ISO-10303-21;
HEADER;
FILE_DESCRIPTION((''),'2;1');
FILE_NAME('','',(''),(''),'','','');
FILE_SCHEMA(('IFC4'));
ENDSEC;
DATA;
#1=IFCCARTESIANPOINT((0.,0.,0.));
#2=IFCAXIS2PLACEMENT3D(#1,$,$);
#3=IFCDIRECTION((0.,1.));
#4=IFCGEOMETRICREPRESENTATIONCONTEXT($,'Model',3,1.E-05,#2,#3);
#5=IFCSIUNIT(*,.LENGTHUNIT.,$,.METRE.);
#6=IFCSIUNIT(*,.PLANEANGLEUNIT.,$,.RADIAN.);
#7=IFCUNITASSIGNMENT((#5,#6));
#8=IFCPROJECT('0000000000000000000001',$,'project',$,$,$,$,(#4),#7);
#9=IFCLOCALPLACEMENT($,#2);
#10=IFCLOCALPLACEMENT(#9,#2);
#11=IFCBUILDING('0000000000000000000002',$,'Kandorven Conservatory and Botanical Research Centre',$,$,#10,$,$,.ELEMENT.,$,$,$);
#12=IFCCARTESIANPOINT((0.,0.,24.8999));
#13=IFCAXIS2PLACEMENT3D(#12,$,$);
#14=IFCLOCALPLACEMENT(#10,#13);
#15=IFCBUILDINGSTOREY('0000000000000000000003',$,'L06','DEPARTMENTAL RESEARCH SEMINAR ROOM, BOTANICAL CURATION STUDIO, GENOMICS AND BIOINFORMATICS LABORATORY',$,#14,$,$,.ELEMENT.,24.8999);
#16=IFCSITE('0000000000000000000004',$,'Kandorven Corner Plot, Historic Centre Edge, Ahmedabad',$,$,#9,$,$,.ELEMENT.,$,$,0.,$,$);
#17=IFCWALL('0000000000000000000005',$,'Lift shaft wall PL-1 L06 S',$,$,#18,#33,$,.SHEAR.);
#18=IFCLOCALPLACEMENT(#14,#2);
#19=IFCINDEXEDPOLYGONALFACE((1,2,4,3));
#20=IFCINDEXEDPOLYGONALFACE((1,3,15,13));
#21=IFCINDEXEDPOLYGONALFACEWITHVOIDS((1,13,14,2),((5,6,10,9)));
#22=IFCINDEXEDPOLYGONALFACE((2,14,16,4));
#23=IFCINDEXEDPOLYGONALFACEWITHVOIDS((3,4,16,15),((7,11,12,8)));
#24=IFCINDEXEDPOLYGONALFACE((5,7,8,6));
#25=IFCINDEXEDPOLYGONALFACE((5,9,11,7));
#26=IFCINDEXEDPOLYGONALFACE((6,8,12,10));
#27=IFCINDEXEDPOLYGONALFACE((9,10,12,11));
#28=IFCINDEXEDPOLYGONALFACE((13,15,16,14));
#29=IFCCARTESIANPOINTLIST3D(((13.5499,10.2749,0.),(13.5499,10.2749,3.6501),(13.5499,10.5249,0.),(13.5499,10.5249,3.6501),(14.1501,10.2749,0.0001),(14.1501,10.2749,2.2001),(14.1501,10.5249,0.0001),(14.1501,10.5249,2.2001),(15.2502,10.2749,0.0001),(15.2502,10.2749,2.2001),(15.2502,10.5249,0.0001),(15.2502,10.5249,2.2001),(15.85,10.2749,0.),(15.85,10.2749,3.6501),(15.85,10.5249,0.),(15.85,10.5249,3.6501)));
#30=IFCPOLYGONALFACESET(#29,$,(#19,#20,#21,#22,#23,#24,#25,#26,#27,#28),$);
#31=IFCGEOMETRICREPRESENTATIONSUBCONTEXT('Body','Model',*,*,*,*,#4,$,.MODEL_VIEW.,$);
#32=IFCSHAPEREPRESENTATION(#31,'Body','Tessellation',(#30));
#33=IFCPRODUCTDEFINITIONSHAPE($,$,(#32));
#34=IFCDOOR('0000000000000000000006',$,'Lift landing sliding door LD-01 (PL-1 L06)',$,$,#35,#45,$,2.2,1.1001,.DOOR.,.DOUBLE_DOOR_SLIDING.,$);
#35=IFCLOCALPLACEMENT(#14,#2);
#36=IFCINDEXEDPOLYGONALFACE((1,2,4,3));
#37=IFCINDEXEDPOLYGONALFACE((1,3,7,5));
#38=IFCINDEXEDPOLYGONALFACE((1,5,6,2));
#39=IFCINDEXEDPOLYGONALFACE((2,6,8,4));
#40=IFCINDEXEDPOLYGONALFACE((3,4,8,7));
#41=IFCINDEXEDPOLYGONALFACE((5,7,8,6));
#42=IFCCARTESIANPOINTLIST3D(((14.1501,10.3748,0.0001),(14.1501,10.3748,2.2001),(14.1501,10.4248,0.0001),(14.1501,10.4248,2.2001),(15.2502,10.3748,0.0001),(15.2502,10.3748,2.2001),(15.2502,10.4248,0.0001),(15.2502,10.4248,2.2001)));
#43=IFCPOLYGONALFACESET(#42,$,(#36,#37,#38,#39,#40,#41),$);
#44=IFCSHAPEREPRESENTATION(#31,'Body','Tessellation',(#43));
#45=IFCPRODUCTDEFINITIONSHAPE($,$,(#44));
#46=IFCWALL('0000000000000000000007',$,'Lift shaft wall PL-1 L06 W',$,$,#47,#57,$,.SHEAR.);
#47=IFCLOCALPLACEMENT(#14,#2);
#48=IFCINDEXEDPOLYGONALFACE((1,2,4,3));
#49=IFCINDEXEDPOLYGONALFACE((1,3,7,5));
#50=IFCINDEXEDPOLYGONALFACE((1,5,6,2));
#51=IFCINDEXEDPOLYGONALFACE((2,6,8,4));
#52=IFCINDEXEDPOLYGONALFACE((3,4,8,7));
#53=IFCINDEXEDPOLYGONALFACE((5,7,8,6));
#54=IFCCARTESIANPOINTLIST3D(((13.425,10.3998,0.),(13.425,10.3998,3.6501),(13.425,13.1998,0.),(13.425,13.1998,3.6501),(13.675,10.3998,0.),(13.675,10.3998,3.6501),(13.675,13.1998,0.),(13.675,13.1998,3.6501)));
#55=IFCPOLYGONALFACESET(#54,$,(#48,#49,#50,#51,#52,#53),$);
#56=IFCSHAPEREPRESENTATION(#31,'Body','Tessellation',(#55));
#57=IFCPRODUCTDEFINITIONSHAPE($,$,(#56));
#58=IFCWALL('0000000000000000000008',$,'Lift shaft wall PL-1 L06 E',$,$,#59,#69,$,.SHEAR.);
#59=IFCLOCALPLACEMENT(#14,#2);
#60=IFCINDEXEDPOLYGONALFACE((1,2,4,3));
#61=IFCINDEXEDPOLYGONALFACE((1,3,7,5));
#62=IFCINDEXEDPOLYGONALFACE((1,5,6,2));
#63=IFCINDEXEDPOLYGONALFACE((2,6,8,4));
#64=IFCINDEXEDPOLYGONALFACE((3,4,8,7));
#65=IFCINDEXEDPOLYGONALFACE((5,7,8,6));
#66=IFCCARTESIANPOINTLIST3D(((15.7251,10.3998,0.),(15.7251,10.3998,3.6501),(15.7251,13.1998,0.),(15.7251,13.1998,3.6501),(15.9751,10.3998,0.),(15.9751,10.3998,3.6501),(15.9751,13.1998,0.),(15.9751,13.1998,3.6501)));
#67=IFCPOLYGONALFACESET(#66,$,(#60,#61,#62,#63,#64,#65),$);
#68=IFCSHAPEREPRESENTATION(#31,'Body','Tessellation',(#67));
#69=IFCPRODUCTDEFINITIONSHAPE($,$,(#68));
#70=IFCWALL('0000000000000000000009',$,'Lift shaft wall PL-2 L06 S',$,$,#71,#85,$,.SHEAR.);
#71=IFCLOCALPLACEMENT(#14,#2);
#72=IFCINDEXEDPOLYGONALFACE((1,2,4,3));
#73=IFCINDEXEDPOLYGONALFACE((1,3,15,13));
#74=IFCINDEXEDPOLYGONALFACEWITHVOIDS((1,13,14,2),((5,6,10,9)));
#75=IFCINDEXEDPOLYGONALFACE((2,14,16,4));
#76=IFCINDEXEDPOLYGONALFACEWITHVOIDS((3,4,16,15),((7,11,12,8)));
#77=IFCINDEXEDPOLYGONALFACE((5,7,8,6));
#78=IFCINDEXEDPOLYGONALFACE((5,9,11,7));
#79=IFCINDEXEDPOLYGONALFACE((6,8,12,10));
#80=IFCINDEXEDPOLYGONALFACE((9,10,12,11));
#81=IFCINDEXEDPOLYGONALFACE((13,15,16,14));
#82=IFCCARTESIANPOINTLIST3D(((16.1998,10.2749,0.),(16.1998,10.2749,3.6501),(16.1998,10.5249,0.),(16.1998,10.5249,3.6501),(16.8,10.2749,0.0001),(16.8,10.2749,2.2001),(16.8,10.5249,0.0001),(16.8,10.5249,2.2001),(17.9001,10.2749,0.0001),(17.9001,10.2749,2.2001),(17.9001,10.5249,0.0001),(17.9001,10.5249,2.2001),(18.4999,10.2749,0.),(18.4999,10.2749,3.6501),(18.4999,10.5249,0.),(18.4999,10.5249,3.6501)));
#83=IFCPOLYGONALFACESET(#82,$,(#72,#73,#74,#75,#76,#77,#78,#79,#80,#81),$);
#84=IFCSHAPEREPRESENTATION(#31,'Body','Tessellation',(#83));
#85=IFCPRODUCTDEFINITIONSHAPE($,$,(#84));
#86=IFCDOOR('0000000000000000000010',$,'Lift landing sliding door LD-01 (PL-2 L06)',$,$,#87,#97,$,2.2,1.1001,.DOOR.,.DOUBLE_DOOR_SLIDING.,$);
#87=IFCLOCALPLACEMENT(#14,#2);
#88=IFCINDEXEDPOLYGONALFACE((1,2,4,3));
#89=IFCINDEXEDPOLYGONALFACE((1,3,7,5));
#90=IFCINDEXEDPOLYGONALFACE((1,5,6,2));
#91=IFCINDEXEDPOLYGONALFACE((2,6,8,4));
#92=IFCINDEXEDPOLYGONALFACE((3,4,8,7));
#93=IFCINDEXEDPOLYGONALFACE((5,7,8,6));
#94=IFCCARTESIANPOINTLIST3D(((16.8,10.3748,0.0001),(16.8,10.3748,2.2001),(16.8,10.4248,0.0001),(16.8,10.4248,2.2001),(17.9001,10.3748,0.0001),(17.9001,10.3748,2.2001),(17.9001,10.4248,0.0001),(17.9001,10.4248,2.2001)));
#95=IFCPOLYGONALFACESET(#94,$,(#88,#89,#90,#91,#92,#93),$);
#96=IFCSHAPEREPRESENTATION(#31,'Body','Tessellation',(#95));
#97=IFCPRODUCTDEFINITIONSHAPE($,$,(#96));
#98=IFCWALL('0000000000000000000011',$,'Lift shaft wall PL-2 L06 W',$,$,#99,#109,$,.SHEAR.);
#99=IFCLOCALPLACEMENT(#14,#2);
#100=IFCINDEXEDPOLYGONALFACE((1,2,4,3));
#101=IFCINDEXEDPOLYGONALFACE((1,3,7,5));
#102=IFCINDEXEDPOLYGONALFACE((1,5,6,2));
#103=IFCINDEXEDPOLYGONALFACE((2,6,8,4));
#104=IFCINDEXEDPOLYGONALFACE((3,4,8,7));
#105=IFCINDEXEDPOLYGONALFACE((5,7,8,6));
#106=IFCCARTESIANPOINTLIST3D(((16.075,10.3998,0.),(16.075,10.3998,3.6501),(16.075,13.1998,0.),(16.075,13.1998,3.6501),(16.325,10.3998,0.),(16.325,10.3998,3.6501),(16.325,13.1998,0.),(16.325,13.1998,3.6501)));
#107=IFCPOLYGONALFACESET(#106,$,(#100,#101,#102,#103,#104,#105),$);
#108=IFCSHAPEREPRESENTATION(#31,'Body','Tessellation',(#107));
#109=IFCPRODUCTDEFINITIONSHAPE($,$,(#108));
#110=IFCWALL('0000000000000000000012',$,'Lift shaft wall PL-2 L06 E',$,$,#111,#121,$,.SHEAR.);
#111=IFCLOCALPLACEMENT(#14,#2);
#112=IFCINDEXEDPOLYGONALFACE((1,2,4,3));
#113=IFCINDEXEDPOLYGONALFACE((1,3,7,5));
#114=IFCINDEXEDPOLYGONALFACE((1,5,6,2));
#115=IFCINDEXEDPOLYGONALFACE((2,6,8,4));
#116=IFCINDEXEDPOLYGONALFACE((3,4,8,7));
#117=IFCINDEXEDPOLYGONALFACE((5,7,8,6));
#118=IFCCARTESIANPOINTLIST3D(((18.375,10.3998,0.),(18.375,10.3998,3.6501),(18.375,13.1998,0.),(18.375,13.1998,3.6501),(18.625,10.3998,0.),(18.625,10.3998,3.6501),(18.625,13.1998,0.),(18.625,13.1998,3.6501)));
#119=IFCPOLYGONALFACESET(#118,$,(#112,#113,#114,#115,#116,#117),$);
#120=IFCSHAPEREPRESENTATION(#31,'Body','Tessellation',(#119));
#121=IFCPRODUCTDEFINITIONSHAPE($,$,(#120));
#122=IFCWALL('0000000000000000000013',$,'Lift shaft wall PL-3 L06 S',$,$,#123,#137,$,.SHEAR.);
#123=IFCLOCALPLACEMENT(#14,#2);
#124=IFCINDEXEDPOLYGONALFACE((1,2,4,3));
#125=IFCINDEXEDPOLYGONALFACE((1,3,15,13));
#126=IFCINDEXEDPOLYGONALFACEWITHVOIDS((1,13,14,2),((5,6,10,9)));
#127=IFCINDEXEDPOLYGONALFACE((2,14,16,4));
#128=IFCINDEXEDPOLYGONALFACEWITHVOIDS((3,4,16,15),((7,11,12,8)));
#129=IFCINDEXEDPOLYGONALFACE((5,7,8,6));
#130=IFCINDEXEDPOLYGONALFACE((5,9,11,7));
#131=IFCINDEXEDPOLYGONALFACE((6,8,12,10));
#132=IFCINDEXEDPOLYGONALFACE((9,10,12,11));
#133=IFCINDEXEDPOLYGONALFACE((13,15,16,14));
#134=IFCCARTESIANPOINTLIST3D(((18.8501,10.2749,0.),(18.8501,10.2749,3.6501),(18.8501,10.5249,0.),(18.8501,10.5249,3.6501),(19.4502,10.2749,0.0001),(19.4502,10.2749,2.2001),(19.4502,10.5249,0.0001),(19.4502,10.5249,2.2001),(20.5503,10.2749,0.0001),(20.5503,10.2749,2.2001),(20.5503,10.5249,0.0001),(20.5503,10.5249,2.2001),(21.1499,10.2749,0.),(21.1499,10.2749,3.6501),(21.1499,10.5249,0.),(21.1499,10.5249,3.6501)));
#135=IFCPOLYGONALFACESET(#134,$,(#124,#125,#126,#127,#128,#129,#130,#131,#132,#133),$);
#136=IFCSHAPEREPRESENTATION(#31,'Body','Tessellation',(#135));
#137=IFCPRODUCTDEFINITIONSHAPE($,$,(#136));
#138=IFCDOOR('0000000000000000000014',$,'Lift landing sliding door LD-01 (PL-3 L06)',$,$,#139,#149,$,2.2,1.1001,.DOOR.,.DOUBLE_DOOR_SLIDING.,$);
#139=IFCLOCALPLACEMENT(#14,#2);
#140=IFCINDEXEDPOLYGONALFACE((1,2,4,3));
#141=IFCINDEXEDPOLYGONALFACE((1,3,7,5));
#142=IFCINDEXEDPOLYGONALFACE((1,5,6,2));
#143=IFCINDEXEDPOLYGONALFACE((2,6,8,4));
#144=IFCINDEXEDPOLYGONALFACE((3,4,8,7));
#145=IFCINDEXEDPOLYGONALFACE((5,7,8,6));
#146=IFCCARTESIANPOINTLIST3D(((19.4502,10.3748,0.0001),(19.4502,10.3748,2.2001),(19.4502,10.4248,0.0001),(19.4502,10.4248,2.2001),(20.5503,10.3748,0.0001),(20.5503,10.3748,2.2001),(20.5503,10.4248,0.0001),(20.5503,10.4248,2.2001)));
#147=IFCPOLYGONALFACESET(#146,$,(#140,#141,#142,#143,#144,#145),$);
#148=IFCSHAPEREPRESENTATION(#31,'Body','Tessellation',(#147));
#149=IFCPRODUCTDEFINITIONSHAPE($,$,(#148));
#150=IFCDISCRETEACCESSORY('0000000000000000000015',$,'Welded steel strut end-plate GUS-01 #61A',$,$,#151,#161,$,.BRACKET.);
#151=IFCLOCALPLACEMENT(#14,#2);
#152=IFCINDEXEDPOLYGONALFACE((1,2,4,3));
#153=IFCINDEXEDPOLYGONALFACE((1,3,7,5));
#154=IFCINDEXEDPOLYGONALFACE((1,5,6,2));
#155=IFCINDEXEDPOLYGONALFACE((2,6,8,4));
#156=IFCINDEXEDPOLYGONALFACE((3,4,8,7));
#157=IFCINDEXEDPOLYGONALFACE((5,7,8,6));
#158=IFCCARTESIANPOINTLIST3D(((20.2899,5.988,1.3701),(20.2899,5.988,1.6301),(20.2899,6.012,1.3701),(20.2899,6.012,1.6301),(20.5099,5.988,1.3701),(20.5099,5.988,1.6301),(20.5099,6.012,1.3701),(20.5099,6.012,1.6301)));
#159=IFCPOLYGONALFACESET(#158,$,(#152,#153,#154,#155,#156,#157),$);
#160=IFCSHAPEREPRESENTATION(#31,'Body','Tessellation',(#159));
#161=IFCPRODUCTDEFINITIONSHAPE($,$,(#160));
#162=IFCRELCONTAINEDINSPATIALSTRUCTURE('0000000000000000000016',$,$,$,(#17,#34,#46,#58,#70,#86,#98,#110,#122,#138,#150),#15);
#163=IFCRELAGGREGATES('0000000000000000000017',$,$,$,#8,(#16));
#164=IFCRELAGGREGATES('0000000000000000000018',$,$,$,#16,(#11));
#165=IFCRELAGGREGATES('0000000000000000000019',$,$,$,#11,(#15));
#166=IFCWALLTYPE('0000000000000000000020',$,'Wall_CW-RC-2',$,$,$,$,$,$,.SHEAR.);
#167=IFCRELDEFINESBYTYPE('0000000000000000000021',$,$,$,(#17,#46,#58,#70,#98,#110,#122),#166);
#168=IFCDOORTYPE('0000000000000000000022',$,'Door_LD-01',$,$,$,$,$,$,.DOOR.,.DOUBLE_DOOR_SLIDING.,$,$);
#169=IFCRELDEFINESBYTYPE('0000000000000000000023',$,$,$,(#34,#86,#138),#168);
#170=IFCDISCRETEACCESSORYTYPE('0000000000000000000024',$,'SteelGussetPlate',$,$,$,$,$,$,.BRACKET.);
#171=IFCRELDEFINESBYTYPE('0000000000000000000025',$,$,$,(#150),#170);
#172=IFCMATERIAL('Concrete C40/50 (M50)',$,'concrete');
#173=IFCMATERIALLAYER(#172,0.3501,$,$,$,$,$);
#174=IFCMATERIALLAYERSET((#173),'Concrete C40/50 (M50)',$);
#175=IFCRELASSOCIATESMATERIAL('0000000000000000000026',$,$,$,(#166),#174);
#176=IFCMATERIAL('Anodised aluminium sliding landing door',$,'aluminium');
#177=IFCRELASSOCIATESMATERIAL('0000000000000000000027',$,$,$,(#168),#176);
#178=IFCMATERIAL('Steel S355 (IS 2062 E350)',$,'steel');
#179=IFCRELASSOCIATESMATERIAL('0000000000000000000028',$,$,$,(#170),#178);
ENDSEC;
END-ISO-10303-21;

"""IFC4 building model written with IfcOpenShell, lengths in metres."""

from ifc_helpers import new_model, si_unit, direction, frame, frame_2d, origin, origin_2d, place, context, subcontext, project, spatial, rectangle, extrude, material, layer, layer_set, type_object, element, fill, save


model = new_model("IFC4")

# Units and contexts
model_context = context("Model", 3, precision=1e-05, world=origin(), true_north=direction((0.0, 1.0)))
body_context = subcontext(model_context, "Body", "Model", "MODEL_VIEW")
ifc_project = project(units=[si_unit("LENGTHUNIT", "METRE"), si_unit("PLANEANGLEUNIT", "RADIAN")], contexts=[model_context])

# Site, building, storey
site_placement = place(None, origin())
site = spatial("IfcSite", under=ifc_project, at=site_placement, Name="Kandorven Corner Plot, Historic Centre Edge, Ahmedabad", CompositionType="ELEMENT", RefElevation=0.0)
building_placement = place(site_placement, origin())
building = spatial("IfcBuilding", under=site, at=building_placement, Name="Kandorven Conservatory and Botanical Research Centre", CompositionType="ELEMENT")
storey_placement = place(building_placement, frame((0.0, 0.0, 24.8999)))
storey = spatial("IfcBuildingStorey", under=building, at=storey_placement, Name="L06", Description="DEPARTMENTAL RESEARCH SEMINAR ROOM, BOTANICAL CURATION STUDIO, GENOMICS AND BIOINFORMATICS LABORATORY", CompositionType="ELEMENT", Elevation=24.8999)

# Wall, opening, door
ifc_material_1 = material(Name="Concrete C40/50 (M50)", Category="concrete")
ifc_layer_1 = layer(ifc_material_1, 0.3501)
ifc_layer_set_1 = layer_set([ifc_layer_1], Name="Concrete C40/50 (M50)")
wall_type = type_object("IfcWallType", Name="Wall_CW-RC-2", PredefinedType="SHEAR", material=ifc_layer_set_1)
wall_1_placement = place(storey_placement, frame((13.55, 10.3999, 0.0), z_axis=(0.0, 0.0, 1.0), x_axis=(1.0, 0.0, 0.0)))
wall_1 = element("IfcWall", 1, at=wall_1_placement, inside=storey, type_object=wall_type, Name="Lift shaft wall PL-1 L06 S", PredefinedType="SHEAR", context=body_context, shape_type="SweptSolid", body=[
    extrude(rectangle(XDim=2.3, YDim=0.25, at=frame_2d((1.1499, 0.0))), origin(), (0.0, 0.0, 1.0), 3.6501),
])
opening_1_placement = place(wall_1_placement, frame((0.6001, 0.0, 0.0)))
opening_1 = element("IfcOpeningElement", 2, at=opening_1_placement, cuts=wall_1, PredefinedType="OPENING", context=body_context, shape_type="SweptSolid", body=[
    extrude(rectangle(XDim=1.1001, YDim=2.2, at=frame_2d((0.55, 1.1001))), frame((0.0, 0.135, 0.0), z_axis=(0.0, -1.0, 0.0), x_axis=(1.0, 0.0, 0.0)), (0.0, 0.0, 1.0), 0.27),
])
ifc_material_2 = material(Name="Anodised aluminium sliding landing door", Category="aluminium")
door_type = type_object("IfcDoorType", Name="Door_LD-01", OperationType="DOUBLE_DOOR_SLIDING", PredefinedType="DOOR", material=ifc_material_2)
door_1_placement = place(opening_1_placement, origin())
door_1 = element("IfcDoor", 3, at=door_1_placement, inside=storey, type_object=door_type, Name="Lift landing sliding door LD-01 (PL-1 L06)", OperationType="DOUBLE_DOOR_SLIDING", OverallHeight=2.2, OverallWidth=1.1001, PredefinedType="DOOR", context=body_context, shape_type="SweptSolid", body=[
    extrude(rectangle(XDim=1.1001, YDim=2.2, at=frame_2d((0.55, 1.1001))), frame((0.0, 0.0249, 0.0), z_axis=(0.0, -1.0, 0.0), x_axis=(1.0, 0.0, 0.0)), (0.0, 0.0, 1.0), 0.05),
])
fill(opening_1, door_1)

# Walls
for number, where, z_axis, x_axis, name in (
    (4, (13.55, 10.3999, 0.0), (0.0, 0.0, 1.0), (0.0, 1.0, 0.0), "Lift shaft wall PL-1 L06 W"),
    (5, (15.8501, 10.3999, 0.0), (0.0, 0.0, 1.0), (0.0, 1.0, 0.0), "Lift shaft wall PL-1 L06 E"),
):
    element("IfcWall", number, at=place(storey_placement, frame(where, z_axis=z_axis, x_axis=x_axis)), inside=storey, type_object=wall_type, Name=name, PredefinedType="SHEAR", context=body_context, shape_type="SweptSolid", body=[
        extrude(rectangle(XDim=2.8, YDim=0.25, at=frame_2d((1.3999, 0.0))), origin(), (0.0, 0.0, 1.0), 3.6501),
    ])

# Wall, opening, door
wall_2_placement = place(storey_placement, frame((16.2, 10.3999, 0.0), z_axis=(0.0, 0.0, 1.0), x_axis=(1.0, 0.0, 0.0)))
wall_2 = element("IfcWall", 6, at=wall_2_placement, inside=storey, type_object=wall_type, Name="Lift shaft wall PL-2 L06 S", PredefinedType="SHEAR", context=body_context, shape_type="SweptSolid", body=[
    extrude(rectangle(XDim=2.3, YDim=0.25, at=frame_2d((1.1499, 0.0))), origin(), (0.0, 0.0, 1.0), 3.6501),
])
opening_2_placement = place(wall_2_placement, frame((0.6001, 0.0, 0.0)))
opening_2 = element("IfcOpeningElement", 7, at=opening_2_placement, cuts=wall_2, PredefinedType="OPENING", context=body_context, shape_type="SweptSolid", body=[
    extrude(rectangle(XDim=1.1001, YDim=2.2, at=frame_2d((0.55, 1.1001))), frame((0.0, 0.135, 0.0), z_axis=(0.0, -1.0, 0.0), x_axis=(1.0, 0.0, 0.0)), (0.0, 0.0, 1.0), 0.27),
])
door_2_placement = place(opening_2_placement, origin())
door_2 = element("IfcDoor", 8, at=door_2_placement, inside=storey, type_object=door_type, Name="Lift landing sliding door LD-01 (PL-2 L06)", OperationType="DOUBLE_DOOR_SLIDING", OverallHeight=2.2, OverallWidth=1.1001, PredefinedType="DOOR", context=body_context, shape_type="SweptSolid", body=[
    extrude(rectangle(XDim=1.1001, YDim=2.2, at=frame_2d((0.55, 1.1001))), frame((0.0, 0.0249, 0.0), z_axis=(0.0, -1.0, 0.0), x_axis=(1.0, 0.0, 0.0)), (0.0, 0.0, 1.0), 0.05),
])
fill(opening_2, door_2)

# Walls
for number, where, z_axis, x_axis, name in (
    (9, (16.2, 10.3999, 0.0), (0.0, 0.0, 1.0), (0.0, 1.0, 0.0), "Lift shaft wall PL-2 L06 W"),
    (10, (18.5, 10.3999, 0.0), (0.0, 0.0, 1.0), (0.0, 1.0, 0.0), "Lift shaft wall PL-2 L06 E"),
):
    element("IfcWall", number, at=place(storey_placement, frame(where, z_axis=z_axis, x_axis=x_axis)), inside=storey, type_object=wall_type, Name=name, PredefinedType="SHEAR", context=body_context, shape_type="SweptSolid", body=[
        extrude(rectangle(XDim=2.8, YDim=0.25, at=frame_2d((1.3999, 0.0))), origin(), (0.0, 0.0, 1.0), 3.6501),
    ])

# Wall, opening, door
wall_3_placement = place(storey_placement, frame((18.8501, 10.3999, 0.0), z_axis=(0.0, 0.0, 1.0), x_axis=(1.0, 0.0, 0.0)))
wall_3 = element("IfcWall", 11, at=wall_3_placement, inside=storey, type_object=wall_type, Name="Lift shaft wall PL-3 L06 S", PredefinedType="SHEAR", context=body_context, shape_type="SweptSolid", body=[
    extrude(rectangle(XDim=2.2998, YDim=0.25, at=frame_2d((1.1499, 0.0))), origin(), (0.0, 0.0, 1.0), 3.6501),
])
opening_3_placement = place(wall_3_placement, frame((0.6001, 0.0, 0.0)))
opening_3 = element("IfcOpeningElement", 12, at=opening_3_placement, cuts=wall_3, PredefinedType="OPENING", context=body_context, shape_type="SweptSolid", body=[
    extrude(rectangle(XDim=1.1001, YDim=2.2, at=frame_2d((0.55, 1.1001))), frame((0.0, 0.135, 0.0), z_axis=(0.0, -1.0, 0.0), x_axis=(1.0, 0.0, 0.0)), (0.0, 0.0, 1.0), 0.27),
])
door_3_placement = place(opening_3_placement, origin())
door_3 = element("IfcDoor", 13, at=door_3_placement, inside=storey, type_object=door_type, Name="Lift landing sliding door LD-01 (PL-3 L06)", OperationType="DOUBLE_DOOR_SLIDING", OverallHeight=2.2, OverallWidth=1.1001, PredefinedType="DOOR", context=body_context, shape_type="SweptSolid", body=[
    extrude(rectangle(XDim=1.1001, YDim=2.2, at=frame_2d((0.55, 1.1001))), frame((0.0, 0.0249, 0.0), z_axis=(0.0, -1.0, 0.0), x_axis=(1.0, 0.0, 0.0)), (0.0, 0.0, 1.0), 0.05),
])
fill(opening_3, door_3)

# Discrete accessory
ifc_material_3 = material(Name="Steel S355 (IS 2062 E350)", Category="steel")
discrete_accessory_type = type_object("IfcDiscreteAccessoryType", Name="SteelGussetPlate", PredefinedType="BRACKET", material=ifc_material_3)
discrete_accessory_placement = place(storey_placement, frame((20.3999, 6.0, 1.3701), z_axis=(0.0, 0.0, 1.0), x_axis=(1.0, 0.0, 0.0)))
element("IfcDiscreteAccessory", 14, at=discrete_accessory_placement, inside=storey, type_object=discrete_accessory_type, Name="Welded steel strut end-plate GUS-01 #61A", PredefinedType="BRACKET", context=body_context, shape_type="SweptSolid", body=[
    extrude(rectangle(XDim=0.22, YDim=0.0239, at=origin_2d()), origin(), (0.0, 0.0, 1.0), 0.26),
])

save(model, "model.ifc")
